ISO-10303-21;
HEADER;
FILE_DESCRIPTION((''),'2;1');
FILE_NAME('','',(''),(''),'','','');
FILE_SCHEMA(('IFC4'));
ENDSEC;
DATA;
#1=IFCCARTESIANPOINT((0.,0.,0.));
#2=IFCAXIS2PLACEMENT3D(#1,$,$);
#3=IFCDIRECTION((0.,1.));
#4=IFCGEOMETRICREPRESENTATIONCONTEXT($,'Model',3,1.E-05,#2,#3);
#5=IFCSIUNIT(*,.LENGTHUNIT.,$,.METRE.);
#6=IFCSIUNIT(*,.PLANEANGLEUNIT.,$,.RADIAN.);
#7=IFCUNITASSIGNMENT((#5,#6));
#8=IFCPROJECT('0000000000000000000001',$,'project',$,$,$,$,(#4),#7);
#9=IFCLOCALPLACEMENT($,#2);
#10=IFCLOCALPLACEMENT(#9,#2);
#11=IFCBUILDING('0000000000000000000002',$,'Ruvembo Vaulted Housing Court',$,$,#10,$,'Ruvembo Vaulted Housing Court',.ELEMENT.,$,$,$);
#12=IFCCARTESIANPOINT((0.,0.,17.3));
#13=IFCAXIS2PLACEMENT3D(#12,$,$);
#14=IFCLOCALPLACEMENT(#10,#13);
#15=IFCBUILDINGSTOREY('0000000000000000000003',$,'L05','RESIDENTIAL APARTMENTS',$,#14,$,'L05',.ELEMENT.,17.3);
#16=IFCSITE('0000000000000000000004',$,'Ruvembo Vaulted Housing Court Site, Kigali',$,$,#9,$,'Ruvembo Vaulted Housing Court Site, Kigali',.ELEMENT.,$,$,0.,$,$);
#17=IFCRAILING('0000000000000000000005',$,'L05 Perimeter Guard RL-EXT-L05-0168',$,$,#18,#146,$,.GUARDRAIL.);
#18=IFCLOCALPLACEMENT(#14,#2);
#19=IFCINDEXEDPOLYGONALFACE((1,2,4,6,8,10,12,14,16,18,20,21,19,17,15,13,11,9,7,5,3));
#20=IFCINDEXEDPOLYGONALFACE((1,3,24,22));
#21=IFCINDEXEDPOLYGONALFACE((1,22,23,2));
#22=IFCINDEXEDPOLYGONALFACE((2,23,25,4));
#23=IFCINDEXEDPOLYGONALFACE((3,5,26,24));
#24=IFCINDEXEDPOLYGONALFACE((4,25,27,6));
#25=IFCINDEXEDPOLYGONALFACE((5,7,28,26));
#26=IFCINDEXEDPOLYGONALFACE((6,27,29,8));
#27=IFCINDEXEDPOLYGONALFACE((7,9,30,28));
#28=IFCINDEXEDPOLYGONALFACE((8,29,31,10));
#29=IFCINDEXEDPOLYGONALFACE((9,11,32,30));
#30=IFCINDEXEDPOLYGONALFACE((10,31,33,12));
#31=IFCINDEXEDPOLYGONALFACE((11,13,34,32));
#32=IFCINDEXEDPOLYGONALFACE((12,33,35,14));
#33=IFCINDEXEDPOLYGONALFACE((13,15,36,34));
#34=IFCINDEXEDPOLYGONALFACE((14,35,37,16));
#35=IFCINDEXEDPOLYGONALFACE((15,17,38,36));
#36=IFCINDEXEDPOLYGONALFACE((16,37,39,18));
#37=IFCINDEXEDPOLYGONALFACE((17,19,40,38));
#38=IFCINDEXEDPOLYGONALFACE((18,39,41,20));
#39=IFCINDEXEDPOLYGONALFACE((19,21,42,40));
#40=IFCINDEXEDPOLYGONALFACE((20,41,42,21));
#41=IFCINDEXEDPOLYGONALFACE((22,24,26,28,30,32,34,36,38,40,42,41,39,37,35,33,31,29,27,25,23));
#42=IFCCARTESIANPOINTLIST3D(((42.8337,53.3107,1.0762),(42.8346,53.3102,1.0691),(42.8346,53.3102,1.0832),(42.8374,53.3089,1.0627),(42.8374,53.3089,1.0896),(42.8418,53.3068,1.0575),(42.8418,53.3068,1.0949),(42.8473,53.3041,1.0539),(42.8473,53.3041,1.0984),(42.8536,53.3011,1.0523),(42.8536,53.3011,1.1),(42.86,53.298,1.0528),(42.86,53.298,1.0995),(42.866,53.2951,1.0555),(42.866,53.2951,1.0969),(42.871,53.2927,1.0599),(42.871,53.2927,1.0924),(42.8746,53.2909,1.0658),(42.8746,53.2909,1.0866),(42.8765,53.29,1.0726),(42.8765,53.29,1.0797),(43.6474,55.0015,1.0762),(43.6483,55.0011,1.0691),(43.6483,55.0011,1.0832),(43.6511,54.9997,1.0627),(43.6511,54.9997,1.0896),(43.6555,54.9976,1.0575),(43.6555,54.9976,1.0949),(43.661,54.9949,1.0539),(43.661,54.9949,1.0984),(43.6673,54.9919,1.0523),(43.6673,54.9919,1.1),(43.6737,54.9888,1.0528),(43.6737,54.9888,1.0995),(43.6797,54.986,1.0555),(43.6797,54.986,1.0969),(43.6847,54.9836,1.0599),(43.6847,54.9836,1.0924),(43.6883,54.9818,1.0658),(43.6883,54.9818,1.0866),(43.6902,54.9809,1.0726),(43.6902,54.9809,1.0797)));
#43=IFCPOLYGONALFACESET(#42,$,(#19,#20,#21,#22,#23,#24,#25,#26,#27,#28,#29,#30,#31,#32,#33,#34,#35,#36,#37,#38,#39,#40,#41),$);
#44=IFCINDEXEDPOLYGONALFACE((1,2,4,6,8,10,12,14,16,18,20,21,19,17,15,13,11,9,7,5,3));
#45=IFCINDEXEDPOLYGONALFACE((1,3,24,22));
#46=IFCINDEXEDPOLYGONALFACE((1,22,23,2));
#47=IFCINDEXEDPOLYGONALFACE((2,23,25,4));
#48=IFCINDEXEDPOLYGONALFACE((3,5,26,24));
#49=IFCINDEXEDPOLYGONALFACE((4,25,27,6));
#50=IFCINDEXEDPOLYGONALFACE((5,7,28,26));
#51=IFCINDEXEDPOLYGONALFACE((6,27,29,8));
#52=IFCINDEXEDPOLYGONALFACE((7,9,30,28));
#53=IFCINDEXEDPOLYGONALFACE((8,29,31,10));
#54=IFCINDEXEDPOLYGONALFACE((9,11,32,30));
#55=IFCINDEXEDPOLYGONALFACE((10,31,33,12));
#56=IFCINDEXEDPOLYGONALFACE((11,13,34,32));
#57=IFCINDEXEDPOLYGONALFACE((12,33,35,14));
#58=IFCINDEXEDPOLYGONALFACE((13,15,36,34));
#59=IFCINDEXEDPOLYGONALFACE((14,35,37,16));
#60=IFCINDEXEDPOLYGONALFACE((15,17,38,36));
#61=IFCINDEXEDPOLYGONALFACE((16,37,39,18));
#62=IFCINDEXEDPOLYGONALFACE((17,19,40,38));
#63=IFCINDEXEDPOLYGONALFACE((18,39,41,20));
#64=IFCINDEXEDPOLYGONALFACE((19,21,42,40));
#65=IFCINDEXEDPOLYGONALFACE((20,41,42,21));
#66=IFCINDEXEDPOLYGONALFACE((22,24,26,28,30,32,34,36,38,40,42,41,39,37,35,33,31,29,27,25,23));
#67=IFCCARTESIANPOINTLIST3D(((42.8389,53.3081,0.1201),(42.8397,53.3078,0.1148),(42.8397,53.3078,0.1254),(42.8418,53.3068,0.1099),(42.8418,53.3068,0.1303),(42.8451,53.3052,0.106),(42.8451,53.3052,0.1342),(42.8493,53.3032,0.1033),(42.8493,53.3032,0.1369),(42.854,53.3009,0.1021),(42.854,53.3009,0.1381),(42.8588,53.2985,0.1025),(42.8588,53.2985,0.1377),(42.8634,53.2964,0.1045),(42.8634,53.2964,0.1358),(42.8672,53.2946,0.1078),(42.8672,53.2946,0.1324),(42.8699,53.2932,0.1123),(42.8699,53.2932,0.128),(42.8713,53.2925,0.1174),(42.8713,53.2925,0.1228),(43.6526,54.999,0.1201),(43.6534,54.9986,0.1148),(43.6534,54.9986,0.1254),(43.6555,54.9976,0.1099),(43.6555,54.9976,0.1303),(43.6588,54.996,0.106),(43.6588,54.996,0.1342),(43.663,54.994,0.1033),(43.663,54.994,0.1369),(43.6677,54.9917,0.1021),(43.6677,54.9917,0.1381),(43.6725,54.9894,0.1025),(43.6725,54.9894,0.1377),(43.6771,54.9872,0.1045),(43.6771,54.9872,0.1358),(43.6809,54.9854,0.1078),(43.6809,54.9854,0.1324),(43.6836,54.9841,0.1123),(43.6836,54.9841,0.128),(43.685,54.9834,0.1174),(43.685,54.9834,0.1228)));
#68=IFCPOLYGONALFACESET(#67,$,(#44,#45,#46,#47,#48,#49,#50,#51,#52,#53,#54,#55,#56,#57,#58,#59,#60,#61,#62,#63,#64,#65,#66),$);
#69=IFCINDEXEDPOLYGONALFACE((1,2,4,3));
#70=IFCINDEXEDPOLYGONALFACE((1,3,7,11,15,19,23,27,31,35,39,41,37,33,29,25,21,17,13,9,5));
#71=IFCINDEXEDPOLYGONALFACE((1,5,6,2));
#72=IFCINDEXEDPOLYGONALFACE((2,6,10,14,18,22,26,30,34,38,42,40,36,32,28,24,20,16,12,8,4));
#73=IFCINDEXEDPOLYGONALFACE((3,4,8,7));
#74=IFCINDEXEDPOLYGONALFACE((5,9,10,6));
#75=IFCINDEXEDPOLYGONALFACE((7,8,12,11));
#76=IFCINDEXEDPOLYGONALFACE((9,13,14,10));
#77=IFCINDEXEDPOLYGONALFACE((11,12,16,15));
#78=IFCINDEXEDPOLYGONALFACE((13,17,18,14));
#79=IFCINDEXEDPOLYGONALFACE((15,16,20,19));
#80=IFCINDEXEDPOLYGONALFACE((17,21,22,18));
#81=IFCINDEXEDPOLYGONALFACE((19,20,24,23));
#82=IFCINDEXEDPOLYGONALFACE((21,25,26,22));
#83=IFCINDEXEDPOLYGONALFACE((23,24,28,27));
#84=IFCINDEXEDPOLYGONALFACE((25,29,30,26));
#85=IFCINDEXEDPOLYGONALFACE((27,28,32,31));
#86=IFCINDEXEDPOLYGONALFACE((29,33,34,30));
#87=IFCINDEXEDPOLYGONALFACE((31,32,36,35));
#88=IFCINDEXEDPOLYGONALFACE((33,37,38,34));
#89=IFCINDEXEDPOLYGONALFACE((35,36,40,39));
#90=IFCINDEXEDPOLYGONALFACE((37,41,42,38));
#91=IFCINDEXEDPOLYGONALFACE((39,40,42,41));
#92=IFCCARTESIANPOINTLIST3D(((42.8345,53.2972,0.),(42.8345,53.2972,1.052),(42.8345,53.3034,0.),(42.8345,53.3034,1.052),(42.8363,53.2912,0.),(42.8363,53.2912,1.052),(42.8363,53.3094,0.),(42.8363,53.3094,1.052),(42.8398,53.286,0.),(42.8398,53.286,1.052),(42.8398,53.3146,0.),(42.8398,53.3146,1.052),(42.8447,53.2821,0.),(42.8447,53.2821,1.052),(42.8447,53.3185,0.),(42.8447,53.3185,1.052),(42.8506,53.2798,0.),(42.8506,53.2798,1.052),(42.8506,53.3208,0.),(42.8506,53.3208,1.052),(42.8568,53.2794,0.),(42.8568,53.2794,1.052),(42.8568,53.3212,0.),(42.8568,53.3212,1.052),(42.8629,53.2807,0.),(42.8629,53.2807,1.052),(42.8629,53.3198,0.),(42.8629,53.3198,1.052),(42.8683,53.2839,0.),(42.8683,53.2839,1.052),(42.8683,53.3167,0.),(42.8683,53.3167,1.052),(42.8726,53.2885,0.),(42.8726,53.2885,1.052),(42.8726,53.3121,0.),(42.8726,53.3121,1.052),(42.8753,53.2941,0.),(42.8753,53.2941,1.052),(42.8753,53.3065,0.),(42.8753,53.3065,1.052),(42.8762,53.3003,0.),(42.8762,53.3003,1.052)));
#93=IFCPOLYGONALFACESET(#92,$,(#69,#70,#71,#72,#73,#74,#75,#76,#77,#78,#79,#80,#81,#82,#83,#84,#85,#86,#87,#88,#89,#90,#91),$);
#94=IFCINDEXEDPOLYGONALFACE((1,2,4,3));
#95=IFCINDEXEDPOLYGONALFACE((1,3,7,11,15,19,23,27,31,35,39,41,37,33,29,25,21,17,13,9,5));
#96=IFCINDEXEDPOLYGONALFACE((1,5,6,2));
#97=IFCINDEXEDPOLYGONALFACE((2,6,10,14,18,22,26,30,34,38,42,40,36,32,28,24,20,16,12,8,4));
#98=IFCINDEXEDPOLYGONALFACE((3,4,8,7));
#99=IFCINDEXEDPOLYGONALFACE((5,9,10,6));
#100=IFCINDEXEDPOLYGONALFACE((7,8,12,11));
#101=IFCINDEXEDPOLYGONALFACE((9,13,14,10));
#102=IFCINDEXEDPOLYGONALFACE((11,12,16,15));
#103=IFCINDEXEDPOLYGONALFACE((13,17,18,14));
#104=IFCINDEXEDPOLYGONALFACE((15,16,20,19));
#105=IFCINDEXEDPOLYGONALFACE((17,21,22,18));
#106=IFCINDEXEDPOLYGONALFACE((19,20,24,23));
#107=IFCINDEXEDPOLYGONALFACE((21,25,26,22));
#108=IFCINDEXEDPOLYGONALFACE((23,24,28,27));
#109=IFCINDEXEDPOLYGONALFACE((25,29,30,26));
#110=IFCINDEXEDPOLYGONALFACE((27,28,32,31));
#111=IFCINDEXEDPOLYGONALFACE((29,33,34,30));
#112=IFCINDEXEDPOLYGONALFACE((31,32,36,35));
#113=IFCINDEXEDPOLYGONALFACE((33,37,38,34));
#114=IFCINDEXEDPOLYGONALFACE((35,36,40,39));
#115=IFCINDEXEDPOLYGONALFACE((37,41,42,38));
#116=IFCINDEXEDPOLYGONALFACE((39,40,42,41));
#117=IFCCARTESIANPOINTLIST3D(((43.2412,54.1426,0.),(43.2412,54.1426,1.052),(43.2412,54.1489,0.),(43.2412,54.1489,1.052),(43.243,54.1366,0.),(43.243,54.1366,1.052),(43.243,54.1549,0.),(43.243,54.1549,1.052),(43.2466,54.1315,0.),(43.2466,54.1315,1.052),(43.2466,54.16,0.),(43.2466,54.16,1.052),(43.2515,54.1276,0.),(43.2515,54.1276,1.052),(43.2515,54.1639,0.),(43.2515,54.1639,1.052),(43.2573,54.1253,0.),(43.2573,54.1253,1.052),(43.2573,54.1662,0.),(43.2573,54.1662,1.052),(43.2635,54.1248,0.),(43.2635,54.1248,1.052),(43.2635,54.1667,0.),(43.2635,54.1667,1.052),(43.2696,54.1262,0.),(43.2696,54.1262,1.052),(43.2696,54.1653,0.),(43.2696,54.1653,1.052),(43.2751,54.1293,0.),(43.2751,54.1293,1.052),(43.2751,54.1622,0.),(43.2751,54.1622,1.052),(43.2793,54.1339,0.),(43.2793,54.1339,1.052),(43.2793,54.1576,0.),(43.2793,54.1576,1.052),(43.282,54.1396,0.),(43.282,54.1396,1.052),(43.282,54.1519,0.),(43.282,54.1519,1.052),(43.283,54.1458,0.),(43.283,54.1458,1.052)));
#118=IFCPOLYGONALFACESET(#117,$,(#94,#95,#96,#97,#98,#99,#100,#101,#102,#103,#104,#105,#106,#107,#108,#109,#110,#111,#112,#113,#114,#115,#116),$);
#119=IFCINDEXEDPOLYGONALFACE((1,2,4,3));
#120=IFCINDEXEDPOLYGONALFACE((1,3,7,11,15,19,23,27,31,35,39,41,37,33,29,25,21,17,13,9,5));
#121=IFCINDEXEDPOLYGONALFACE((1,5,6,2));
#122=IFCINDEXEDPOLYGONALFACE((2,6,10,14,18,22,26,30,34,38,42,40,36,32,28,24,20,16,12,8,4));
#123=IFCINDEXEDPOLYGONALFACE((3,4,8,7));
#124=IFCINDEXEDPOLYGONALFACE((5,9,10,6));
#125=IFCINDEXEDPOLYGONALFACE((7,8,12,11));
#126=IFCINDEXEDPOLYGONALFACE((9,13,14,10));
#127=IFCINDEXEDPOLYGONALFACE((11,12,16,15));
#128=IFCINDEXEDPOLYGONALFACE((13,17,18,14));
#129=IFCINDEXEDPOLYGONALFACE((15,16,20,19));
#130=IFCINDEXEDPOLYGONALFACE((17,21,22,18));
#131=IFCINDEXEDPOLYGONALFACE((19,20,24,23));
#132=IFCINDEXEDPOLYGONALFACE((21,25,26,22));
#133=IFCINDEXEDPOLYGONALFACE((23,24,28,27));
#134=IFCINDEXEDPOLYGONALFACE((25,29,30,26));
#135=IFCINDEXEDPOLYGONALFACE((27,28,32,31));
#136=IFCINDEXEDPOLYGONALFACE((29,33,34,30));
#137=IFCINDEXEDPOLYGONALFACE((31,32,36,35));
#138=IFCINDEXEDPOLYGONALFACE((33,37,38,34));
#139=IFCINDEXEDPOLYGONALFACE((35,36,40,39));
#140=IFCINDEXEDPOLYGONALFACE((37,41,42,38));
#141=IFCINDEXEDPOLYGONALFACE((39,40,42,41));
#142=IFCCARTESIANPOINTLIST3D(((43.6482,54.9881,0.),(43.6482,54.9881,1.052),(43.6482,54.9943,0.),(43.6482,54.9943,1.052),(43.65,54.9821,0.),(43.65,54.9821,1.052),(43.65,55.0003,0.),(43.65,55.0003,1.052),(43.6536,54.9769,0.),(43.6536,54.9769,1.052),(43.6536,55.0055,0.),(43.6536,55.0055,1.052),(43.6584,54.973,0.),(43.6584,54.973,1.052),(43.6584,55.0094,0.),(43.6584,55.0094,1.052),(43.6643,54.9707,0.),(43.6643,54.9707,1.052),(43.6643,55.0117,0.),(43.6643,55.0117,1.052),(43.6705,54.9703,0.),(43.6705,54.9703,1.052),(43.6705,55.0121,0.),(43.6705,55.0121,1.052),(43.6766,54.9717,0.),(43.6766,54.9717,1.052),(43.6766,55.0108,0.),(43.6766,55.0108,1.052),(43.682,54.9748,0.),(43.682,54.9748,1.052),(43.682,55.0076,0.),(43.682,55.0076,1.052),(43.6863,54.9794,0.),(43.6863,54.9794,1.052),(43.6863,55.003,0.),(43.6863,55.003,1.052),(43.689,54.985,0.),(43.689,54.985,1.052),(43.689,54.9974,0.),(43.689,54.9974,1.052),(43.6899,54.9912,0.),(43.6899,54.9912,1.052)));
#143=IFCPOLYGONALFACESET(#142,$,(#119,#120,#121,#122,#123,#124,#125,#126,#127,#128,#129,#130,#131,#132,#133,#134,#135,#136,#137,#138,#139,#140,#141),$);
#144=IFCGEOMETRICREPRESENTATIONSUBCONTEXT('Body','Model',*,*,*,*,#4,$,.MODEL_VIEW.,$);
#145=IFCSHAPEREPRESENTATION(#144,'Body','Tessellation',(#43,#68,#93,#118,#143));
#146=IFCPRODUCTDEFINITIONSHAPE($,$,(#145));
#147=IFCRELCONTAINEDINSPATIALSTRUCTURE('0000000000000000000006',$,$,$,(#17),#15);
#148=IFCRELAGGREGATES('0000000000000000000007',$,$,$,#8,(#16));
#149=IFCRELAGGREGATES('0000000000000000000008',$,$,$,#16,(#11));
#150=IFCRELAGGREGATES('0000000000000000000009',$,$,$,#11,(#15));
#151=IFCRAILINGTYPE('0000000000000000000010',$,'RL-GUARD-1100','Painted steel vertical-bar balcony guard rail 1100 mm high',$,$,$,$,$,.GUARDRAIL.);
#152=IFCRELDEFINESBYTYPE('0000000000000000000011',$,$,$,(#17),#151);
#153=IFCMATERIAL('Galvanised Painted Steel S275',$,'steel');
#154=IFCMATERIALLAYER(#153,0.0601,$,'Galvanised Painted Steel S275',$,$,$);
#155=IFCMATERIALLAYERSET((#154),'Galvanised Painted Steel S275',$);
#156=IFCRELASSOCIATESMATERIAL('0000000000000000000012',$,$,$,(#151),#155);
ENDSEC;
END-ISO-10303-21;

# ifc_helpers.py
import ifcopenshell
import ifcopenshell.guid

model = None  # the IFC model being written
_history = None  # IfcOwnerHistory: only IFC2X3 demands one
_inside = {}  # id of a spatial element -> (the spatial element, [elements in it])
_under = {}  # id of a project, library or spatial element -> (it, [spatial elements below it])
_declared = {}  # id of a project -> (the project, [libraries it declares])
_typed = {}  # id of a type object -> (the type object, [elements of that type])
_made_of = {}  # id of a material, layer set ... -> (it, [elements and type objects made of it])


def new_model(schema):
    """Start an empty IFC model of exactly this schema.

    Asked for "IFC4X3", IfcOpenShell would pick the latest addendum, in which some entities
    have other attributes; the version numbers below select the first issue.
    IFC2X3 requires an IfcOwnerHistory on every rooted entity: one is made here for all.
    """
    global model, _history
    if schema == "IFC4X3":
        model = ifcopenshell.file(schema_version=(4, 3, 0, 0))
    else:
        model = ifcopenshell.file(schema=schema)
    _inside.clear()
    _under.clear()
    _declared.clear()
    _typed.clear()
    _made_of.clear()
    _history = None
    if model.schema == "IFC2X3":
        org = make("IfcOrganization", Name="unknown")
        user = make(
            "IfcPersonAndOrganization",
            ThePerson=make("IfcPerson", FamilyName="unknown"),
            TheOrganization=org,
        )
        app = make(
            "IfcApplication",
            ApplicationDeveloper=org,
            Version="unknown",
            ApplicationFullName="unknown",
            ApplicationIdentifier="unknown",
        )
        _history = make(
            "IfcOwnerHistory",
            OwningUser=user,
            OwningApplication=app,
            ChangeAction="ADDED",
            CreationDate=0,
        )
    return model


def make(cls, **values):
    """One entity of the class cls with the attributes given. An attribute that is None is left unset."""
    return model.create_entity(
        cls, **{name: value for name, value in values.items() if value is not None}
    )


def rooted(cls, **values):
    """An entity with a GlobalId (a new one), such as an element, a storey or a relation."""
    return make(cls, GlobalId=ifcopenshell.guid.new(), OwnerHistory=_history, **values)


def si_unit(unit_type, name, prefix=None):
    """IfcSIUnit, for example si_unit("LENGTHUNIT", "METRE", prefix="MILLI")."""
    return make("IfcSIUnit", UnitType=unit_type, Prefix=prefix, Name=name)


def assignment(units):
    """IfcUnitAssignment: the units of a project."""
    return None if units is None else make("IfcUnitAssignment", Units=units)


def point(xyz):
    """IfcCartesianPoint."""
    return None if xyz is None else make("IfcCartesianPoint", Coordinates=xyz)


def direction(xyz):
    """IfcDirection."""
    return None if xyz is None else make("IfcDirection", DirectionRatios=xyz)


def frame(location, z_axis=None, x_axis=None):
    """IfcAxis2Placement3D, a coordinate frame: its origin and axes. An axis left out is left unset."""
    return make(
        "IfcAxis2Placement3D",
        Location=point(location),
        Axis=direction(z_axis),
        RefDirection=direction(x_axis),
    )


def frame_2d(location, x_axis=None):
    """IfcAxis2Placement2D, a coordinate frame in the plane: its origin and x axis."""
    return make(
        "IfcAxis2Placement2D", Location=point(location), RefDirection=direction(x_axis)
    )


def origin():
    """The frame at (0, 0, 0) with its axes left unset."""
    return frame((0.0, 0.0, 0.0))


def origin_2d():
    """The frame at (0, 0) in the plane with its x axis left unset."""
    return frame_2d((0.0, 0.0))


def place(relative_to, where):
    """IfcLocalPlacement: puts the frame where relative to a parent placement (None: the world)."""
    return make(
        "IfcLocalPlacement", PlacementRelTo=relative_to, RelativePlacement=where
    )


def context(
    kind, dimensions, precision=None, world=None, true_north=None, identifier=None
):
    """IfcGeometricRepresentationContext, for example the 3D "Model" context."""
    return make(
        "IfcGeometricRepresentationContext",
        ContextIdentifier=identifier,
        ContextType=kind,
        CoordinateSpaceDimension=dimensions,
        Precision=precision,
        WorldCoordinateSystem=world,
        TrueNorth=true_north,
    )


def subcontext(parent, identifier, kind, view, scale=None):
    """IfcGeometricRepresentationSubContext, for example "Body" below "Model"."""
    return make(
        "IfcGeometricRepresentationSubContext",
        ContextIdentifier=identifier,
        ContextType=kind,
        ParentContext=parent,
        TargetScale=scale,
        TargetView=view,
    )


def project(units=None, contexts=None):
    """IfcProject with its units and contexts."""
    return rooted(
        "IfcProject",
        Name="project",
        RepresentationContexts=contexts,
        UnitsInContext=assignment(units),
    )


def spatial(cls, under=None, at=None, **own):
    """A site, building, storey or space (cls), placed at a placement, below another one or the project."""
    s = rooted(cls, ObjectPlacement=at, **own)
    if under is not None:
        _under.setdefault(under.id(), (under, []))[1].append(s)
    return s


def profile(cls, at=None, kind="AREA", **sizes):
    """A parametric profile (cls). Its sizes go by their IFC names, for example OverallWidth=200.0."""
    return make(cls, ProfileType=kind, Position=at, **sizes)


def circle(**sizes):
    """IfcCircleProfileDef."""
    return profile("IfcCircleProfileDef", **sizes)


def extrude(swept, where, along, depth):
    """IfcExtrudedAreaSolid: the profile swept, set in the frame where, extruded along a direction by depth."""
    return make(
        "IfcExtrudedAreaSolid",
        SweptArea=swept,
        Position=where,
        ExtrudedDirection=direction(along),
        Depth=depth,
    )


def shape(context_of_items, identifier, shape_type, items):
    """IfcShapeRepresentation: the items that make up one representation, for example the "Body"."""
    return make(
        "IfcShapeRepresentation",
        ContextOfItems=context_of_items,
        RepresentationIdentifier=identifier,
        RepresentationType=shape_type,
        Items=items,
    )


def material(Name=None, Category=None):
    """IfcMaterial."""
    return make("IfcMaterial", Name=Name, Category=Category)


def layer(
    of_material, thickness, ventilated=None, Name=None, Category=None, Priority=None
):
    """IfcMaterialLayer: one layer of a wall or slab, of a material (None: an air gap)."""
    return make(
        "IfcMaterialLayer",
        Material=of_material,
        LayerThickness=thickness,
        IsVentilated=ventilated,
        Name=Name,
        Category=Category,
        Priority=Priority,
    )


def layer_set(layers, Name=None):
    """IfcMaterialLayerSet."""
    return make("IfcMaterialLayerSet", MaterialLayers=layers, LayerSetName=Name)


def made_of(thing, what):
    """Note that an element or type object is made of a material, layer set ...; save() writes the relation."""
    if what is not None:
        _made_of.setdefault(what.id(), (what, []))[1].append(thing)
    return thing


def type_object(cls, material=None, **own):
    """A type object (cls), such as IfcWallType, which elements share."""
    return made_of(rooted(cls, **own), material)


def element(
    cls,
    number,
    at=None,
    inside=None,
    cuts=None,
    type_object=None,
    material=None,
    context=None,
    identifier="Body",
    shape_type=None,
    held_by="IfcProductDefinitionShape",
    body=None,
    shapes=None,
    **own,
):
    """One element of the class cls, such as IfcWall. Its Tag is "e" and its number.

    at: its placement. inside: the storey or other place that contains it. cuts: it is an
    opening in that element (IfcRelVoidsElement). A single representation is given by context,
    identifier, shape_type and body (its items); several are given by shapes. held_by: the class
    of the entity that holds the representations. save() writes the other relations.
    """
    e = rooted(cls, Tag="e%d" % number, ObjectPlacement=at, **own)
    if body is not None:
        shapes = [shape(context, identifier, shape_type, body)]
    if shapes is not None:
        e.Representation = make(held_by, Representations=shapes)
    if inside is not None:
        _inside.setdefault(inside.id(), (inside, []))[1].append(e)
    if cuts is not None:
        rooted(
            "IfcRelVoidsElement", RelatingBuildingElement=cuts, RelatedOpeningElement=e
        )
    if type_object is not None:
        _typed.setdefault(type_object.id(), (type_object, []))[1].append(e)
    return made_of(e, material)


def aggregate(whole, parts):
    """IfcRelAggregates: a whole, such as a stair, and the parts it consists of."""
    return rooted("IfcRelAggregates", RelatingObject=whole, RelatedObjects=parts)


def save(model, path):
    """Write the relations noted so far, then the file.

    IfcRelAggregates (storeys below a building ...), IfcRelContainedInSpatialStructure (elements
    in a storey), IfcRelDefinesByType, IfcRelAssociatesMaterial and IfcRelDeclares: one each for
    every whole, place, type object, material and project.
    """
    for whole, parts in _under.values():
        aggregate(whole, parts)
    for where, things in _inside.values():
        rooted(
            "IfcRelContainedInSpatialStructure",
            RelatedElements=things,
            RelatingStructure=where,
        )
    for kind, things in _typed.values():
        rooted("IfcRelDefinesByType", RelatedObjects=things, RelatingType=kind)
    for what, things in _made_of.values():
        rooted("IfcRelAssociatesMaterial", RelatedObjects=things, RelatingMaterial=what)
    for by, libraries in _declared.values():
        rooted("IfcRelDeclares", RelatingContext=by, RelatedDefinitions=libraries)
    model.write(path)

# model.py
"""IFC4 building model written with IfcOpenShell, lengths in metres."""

from ifc_helpers import new_model, si_unit, direction, frame, origin, origin_2d, place, context, subcontext, project, spatial, circle, extrude, material, layer, layer_set, type_object, element, save


model = new_model("IFC4")

# Units and contexts
model_context = context("Model", 3, precision=1e-05, world=origin(), true_north=direction((0.0, 1.0)))
body_context = subcontext(model_context, "Body", "Model", "MODEL_VIEW")
ifc_project = project(units=[si_unit("LENGTHUNIT", "METRE"), si_unit("PLANEANGLEUNIT", "RADIAN")], contexts=[model_context])

# Site, building, storey
site_placement = place(None, origin())
site = spatial("IfcSite", under=ifc_project, at=site_placement, Name="Ruvembo Vaulted Housing Court Site, Kigali", LongName="Ruvembo Vaulted Housing Court Site, Kigali", CompositionType="ELEMENT", RefElevation=0.0)
building_placement = place(site_placement, origin())
building = spatial("IfcBuilding", under=site, at=building_placement, Name="Ruvembo Vaulted Housing Court", LongName="Ruvembo Vaulted Housing Court", CompositionType="ELEMENT")
storey_placement = place(building_placement, frame((0.0, 0.0, 17.3)))
storey = spatial("IfcBuildingStorey", under=building, at=storey_placement, Name="L05", Description="RESIDENTIAL APARTMENTS", LongName="L05", CompositionType="ELEMENT", Elevation=17.3)

# Railing
ifc_material_1 = material(Name="Galvanised Painted Steel S275", Category="steel")
ifc_layer = layer(ifc_material_1, 0.0601, Name="Galvanised Painted Steel S275")
ifc_layer_set = layer_set([ifc_layer], Name="Galvanised Painted Steel S275")
railing_type = type_object("IfcRailingType", Name="RL-GUARD-1100", Description="Painted steel vertical-bar balcony guard rail 1100 mm high", PredefinedType="GUARDRAIL", material=ifc_layer_set)
railing_1_placement = place(storey_placement, frame((42.8552, 53.3003, 0.0)))
element("IfcRailing", 1, at=railing_1_placement, inside=storey, type_object=railing_type, Name="L05 Perimeter Guard RL-EXT-L05-0168", PredefinedType="GUARDRAIL", context=body_context, shape_type="SweptSolid", body=[
    extrude(circle(Radius=0.0239, at=origin_2d()), frame((0.0, 0.0, 1.0762), z_axis=(0.433632, 0.90109, 0.0), x_axis=(-0.90109, 0.433632, 0.0)), (0.0, 0.0, 1.0), 1.8765),
    extrude(circle(Radius=0.0181, at=origin_2d()), frame((0.0, 0.0, 0.1201), z_axis=(0.433632, 0.90109, 0.0), x_axis=(-0.90109, 0.433632, 0.0)), (0.0, 0.0, 1.0), 1.8765),
    extrude(circle(Radius=0.021, at=origin_2d()), origin(), (0.0, 0.0, 1.0), 1.052),
    extrude(circle(Radius=0.021, at=origin_2d()), frame((0.4067, 0.8455, 0.0)), (0.0, 0.0, 1.0), 1.052),
    extrude(circle(Radius=0.021, at=origin_2d()), frame((0.8137, 1.6909, 0.0)), (0.0, 0.0, 1.0), 1.052),
])

save(model, "model.ifc")
